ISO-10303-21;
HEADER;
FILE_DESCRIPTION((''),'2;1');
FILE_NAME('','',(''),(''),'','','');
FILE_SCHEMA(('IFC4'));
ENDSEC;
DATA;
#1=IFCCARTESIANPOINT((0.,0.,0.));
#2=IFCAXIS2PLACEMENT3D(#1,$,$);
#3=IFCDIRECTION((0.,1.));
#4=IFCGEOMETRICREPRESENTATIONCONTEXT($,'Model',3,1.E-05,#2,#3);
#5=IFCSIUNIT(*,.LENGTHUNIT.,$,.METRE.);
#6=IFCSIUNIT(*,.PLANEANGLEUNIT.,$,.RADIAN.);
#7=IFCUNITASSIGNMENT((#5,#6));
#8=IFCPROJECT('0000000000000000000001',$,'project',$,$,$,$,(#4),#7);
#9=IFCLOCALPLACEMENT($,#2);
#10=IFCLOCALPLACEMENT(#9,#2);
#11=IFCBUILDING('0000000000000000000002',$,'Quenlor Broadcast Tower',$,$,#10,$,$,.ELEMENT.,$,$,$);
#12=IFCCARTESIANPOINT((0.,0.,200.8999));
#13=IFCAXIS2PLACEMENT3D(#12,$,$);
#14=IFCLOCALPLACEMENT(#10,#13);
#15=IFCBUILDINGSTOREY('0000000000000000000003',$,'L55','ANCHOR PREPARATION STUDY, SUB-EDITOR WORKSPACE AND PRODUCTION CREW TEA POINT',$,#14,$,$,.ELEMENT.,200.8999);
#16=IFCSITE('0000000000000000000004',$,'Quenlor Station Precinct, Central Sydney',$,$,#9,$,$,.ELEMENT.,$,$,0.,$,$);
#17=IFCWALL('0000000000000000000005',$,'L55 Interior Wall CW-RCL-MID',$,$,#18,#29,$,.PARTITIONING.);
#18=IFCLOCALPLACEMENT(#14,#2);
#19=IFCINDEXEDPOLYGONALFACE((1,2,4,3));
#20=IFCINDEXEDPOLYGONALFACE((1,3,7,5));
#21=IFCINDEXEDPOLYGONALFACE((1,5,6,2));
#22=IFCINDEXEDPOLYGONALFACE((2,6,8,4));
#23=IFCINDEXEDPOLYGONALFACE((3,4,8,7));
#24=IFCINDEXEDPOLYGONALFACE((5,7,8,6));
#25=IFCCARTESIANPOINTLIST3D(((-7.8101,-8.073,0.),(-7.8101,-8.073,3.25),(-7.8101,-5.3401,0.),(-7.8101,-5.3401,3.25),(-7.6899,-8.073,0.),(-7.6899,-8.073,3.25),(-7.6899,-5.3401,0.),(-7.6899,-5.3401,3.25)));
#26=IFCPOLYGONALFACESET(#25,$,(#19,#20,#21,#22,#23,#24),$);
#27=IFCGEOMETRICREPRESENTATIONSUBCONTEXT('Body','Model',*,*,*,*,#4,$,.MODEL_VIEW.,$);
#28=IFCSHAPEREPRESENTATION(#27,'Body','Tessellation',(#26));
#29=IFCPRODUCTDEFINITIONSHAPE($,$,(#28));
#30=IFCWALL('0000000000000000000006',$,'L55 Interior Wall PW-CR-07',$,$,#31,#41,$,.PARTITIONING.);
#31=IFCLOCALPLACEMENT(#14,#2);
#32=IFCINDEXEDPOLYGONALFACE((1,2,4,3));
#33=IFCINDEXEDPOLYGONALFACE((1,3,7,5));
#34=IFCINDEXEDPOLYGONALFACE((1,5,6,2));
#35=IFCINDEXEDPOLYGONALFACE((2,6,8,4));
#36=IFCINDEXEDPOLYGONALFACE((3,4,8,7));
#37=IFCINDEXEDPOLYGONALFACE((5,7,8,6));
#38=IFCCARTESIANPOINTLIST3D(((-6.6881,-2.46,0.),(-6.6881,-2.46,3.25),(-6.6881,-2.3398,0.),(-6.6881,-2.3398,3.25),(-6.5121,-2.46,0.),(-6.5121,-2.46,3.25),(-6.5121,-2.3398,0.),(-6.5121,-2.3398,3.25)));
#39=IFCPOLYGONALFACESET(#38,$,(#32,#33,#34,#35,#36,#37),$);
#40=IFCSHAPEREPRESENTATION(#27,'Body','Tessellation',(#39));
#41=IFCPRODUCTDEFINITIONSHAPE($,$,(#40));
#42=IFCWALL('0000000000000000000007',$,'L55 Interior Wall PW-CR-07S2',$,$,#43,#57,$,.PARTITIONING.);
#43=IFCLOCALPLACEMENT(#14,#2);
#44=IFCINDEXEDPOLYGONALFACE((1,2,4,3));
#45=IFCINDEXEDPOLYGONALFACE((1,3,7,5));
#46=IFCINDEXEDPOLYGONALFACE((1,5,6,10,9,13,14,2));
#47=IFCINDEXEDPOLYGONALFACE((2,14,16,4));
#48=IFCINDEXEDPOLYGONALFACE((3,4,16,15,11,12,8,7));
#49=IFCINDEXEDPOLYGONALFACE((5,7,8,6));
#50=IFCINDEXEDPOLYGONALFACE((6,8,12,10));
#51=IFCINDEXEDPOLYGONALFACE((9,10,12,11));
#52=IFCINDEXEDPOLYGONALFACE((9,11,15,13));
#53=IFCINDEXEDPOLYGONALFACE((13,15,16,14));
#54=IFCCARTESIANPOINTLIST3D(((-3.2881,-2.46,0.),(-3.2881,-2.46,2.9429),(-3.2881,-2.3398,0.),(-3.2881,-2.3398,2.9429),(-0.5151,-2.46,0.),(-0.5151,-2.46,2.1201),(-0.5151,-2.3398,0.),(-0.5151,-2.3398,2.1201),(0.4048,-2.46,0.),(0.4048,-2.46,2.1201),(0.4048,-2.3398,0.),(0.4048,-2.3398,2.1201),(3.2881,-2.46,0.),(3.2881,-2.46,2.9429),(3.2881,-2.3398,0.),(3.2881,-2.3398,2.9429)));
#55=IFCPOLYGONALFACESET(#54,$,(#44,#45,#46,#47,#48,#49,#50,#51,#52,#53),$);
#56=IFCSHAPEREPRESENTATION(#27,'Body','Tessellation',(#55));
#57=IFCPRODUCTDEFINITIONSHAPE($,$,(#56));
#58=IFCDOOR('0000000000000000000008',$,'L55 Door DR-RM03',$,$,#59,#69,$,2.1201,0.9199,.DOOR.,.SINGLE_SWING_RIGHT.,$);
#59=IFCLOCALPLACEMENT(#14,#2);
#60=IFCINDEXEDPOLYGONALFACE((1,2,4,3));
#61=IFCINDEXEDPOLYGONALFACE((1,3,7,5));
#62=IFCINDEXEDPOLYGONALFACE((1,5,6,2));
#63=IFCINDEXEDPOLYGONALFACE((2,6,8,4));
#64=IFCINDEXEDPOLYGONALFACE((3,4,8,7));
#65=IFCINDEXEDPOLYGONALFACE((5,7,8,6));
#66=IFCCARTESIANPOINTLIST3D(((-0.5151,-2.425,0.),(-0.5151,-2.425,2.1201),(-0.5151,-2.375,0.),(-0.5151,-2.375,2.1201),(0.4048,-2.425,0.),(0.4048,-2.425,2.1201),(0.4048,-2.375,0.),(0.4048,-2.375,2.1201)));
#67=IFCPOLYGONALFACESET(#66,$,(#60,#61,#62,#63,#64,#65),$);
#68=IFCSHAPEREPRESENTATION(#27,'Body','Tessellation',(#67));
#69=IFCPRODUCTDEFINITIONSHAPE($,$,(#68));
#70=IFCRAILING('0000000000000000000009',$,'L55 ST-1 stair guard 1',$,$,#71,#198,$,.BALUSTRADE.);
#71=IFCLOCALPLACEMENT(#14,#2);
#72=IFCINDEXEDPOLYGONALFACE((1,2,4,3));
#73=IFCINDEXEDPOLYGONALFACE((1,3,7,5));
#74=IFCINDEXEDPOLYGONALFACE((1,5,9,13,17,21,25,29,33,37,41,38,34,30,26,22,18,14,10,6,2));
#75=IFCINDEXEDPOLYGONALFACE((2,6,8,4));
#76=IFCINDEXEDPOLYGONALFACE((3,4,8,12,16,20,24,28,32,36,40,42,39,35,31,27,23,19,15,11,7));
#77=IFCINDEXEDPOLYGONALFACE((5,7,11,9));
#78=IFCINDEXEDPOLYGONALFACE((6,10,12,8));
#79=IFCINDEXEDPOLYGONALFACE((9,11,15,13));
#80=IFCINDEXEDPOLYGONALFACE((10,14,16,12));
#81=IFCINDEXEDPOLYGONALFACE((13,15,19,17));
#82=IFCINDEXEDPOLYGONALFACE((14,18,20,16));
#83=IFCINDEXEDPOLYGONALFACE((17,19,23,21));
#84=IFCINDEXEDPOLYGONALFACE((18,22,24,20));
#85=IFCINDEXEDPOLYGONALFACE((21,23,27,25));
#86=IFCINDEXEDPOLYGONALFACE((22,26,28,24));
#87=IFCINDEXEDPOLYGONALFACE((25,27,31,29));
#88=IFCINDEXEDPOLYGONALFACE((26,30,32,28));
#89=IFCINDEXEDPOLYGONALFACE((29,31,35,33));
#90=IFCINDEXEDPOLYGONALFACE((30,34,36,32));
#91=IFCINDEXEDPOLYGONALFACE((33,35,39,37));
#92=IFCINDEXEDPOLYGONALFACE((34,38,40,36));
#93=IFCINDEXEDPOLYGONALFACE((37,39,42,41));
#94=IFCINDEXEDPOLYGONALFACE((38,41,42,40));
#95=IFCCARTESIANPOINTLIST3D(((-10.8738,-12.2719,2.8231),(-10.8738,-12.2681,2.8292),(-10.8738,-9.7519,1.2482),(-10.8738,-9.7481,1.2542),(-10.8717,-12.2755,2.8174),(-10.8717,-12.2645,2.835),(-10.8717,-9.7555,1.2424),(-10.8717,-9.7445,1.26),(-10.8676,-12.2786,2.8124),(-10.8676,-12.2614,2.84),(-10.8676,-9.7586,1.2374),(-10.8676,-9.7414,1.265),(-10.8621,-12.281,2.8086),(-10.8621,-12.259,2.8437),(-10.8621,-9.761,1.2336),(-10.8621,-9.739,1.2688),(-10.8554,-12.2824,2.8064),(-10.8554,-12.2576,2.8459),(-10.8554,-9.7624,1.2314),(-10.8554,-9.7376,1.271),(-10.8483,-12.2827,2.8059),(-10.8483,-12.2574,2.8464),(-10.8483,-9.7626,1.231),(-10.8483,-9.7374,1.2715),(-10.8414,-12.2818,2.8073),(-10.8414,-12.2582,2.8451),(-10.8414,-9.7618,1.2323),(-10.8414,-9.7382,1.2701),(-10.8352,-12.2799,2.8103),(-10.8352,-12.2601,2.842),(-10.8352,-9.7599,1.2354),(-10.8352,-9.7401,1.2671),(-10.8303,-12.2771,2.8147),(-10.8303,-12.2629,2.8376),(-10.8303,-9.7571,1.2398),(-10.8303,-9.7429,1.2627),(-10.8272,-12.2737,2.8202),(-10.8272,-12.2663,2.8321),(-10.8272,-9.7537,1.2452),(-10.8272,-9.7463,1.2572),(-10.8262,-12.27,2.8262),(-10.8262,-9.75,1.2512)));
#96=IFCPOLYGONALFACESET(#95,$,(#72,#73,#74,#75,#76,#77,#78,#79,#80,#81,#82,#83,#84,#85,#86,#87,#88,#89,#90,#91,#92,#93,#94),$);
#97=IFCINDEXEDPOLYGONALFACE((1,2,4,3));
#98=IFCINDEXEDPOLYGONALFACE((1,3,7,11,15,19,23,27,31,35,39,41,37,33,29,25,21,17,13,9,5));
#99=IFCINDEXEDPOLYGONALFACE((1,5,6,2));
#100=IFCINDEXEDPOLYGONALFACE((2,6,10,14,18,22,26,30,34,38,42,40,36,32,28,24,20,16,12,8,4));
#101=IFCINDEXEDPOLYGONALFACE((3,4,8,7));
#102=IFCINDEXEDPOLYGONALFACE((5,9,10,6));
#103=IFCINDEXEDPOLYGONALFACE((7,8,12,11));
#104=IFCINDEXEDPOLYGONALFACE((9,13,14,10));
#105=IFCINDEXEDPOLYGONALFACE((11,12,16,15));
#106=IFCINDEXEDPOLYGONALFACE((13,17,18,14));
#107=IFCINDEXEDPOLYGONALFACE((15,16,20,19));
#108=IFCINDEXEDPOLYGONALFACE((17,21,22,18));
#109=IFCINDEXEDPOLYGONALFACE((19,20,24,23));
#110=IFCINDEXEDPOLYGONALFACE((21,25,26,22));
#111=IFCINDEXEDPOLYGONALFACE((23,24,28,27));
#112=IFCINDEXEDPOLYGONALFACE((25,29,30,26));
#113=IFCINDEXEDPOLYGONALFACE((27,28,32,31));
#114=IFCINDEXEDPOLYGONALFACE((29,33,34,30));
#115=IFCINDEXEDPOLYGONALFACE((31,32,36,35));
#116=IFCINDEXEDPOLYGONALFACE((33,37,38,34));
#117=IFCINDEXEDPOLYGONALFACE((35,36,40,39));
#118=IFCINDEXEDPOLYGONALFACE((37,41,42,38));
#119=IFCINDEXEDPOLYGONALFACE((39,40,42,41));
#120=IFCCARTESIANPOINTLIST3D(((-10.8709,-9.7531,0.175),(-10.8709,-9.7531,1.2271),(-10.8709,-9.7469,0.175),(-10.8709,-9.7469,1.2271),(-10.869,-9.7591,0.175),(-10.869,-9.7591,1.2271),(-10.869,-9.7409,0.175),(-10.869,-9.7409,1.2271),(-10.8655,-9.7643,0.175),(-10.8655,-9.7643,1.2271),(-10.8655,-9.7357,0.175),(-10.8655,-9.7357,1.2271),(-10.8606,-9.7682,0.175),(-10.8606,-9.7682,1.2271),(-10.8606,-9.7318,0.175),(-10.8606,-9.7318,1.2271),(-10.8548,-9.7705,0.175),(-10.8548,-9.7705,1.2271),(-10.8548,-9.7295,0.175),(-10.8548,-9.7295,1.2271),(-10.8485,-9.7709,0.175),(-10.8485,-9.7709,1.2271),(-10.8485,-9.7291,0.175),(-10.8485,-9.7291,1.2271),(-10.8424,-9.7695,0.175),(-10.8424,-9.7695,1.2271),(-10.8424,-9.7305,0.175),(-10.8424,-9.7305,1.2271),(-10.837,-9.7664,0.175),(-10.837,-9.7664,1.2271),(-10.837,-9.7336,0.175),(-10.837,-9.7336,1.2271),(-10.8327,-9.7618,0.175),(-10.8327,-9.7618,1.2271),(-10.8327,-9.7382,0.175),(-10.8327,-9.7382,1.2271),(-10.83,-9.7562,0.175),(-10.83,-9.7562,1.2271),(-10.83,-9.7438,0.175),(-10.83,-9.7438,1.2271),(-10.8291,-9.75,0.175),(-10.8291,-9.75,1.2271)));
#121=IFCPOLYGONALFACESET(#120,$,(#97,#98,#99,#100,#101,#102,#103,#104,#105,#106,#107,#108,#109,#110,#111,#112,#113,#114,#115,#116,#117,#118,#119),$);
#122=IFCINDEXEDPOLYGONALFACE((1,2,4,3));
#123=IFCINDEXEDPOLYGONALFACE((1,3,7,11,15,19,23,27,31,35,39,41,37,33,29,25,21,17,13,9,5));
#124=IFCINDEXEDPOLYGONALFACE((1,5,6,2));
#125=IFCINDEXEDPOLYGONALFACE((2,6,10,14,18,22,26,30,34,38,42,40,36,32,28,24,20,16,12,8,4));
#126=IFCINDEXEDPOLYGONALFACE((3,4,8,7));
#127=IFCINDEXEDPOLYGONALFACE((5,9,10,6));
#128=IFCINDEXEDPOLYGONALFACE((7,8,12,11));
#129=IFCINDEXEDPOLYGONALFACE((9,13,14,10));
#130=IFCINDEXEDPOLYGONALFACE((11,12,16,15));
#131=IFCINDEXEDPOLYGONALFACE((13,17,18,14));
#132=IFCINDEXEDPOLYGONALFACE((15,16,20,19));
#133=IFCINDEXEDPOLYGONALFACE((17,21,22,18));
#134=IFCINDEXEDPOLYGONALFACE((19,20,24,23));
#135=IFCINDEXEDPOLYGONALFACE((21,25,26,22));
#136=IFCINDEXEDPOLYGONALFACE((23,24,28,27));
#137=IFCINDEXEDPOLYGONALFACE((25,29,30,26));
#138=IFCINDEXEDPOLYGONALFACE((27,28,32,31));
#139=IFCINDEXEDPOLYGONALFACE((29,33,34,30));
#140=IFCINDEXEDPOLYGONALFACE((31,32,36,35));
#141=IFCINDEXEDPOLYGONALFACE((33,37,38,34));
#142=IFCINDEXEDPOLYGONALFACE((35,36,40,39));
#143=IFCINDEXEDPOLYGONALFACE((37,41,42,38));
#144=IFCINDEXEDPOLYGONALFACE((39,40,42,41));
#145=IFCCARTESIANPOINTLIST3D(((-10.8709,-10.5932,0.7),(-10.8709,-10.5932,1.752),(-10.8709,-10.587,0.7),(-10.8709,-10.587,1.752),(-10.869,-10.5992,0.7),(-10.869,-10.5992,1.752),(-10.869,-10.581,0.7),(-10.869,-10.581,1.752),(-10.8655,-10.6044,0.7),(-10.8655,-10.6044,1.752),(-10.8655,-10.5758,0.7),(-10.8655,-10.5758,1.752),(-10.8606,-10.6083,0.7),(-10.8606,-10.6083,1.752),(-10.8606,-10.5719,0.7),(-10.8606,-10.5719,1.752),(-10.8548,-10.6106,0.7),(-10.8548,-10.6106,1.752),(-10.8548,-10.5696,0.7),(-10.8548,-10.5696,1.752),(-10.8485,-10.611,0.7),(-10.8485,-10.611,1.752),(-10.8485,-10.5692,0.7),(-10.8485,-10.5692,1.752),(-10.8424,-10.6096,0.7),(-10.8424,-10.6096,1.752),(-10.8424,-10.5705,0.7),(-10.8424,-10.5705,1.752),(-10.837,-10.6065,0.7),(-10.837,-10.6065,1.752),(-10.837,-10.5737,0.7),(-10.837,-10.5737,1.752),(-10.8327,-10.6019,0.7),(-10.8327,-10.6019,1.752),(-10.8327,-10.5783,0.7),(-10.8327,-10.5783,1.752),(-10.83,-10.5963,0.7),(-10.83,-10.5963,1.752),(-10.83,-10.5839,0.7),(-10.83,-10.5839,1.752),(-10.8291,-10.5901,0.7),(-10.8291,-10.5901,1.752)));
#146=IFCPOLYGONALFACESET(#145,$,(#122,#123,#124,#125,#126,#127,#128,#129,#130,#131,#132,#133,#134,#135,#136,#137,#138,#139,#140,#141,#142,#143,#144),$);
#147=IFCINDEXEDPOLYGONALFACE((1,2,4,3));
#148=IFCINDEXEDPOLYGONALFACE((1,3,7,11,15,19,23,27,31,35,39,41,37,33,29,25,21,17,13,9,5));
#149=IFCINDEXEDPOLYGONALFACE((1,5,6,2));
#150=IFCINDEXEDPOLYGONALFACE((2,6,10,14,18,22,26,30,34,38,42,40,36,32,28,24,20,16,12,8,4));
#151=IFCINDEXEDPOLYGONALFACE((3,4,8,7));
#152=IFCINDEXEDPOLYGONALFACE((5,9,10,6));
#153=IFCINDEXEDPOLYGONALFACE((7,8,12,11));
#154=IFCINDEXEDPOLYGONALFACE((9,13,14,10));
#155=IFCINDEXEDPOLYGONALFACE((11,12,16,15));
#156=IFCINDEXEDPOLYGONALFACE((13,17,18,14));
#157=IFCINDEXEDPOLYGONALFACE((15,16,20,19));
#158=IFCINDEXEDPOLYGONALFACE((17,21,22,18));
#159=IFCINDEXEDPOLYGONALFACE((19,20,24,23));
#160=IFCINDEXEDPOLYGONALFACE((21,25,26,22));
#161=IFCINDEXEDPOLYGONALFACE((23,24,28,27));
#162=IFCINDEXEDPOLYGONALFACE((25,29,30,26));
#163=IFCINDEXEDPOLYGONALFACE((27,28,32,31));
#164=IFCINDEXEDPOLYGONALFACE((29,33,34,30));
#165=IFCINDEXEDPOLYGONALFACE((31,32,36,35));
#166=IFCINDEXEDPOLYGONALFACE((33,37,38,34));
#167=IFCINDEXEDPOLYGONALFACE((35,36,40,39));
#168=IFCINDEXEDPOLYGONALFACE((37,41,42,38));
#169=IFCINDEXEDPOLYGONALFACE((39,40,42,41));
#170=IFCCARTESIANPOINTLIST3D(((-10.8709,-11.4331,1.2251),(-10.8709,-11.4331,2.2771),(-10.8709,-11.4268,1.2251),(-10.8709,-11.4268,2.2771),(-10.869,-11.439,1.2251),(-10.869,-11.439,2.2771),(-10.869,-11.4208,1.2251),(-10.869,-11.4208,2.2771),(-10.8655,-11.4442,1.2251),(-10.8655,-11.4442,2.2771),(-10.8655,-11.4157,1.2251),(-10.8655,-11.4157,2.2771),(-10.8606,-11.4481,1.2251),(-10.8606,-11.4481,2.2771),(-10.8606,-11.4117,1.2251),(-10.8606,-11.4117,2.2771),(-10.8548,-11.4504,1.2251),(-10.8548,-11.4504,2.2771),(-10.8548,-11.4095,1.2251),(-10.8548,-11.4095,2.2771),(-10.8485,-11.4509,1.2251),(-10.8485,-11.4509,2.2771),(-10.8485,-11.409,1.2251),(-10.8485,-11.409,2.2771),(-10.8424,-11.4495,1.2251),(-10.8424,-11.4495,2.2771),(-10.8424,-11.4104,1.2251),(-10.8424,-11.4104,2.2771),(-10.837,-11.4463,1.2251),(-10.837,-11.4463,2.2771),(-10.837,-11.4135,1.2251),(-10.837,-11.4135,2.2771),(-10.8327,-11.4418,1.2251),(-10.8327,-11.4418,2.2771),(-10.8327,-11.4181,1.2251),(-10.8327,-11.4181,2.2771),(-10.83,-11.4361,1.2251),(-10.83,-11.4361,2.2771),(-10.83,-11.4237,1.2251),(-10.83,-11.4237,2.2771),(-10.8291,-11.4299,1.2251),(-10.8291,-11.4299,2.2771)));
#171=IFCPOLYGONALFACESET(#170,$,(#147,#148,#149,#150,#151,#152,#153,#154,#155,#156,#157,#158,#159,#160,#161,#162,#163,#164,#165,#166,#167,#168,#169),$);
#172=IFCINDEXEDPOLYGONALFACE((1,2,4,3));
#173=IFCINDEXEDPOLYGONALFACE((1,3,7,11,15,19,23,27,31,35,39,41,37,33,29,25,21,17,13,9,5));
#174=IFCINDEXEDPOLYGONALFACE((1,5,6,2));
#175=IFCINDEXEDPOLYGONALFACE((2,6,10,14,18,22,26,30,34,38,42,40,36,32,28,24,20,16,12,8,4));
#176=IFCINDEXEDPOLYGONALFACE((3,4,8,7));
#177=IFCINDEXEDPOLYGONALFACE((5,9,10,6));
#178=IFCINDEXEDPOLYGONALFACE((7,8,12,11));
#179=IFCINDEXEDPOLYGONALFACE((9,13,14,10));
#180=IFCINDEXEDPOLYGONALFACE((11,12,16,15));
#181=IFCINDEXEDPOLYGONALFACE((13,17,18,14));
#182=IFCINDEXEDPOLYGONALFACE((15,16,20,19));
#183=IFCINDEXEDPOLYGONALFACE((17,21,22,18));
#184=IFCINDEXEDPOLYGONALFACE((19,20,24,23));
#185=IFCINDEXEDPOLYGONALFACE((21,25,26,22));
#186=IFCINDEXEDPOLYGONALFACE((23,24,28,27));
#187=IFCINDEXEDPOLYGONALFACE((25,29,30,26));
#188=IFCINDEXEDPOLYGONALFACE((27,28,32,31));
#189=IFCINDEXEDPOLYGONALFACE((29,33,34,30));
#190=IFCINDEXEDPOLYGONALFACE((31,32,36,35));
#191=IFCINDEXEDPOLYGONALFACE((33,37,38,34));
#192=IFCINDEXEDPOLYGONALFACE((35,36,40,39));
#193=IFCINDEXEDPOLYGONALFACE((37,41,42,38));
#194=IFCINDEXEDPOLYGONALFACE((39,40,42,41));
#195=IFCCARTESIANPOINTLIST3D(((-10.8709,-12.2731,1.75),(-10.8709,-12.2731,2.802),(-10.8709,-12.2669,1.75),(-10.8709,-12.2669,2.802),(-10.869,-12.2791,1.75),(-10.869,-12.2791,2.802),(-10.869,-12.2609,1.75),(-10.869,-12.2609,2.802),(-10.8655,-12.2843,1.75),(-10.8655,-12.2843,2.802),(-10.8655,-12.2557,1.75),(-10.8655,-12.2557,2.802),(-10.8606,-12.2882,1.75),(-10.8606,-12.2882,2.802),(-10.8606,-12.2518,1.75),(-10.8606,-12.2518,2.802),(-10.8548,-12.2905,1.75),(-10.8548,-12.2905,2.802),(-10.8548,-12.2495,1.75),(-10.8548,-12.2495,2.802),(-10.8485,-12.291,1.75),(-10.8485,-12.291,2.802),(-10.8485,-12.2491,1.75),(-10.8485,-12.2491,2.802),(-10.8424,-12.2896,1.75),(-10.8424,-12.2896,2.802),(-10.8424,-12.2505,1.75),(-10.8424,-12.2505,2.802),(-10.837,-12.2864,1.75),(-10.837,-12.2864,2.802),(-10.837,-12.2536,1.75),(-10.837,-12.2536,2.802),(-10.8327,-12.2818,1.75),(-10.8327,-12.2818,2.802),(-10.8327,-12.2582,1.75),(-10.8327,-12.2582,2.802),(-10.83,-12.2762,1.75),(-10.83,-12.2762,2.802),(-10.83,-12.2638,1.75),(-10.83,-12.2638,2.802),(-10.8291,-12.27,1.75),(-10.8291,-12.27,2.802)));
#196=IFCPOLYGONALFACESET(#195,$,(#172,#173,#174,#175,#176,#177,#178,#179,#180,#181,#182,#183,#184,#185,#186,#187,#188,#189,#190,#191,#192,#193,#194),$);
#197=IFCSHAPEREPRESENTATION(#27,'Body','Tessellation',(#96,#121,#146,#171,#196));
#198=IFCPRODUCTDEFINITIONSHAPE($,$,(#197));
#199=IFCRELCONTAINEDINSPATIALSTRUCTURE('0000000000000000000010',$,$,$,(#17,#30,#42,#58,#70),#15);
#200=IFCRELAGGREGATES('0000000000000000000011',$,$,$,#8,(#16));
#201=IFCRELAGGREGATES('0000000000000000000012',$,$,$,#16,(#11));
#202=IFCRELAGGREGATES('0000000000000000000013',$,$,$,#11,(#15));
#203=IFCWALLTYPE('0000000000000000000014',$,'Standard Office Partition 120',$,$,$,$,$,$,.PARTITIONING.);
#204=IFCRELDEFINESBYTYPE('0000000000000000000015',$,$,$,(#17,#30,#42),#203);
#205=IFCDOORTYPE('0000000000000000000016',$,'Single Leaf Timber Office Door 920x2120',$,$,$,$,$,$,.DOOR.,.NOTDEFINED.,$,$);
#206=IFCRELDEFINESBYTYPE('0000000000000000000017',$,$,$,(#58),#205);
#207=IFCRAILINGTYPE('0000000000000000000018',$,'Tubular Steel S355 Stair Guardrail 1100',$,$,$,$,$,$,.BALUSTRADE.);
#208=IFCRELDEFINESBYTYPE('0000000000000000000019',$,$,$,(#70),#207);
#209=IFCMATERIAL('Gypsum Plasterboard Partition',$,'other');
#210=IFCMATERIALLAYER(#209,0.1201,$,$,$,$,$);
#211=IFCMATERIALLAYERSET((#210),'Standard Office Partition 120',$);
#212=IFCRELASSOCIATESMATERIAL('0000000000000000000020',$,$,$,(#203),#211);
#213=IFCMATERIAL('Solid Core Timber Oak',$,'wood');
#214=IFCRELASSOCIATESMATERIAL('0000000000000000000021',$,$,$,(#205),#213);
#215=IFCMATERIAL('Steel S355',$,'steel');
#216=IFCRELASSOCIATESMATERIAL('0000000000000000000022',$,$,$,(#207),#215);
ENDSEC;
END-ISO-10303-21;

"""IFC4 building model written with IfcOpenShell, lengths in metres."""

from ifc_helpers import new_model, si_unit, direction, frame, frame_2d, origin, origin_2d, place, context, subcontext, project, spatial, rectangle, circle, extrude, material, layer, layer_set, type_object, element, fill, save


model = new_model("IFC4")

# Units and contexts
model_context = context("Model", 3, precision=1e-05, world=origin(), true_north=direction((0.0, 1.0)))
body_context = subcontext(model_context, "Body", "Model", "MODEL_VIEW")
ifc_project = project(units=[si_unit("LENGTHUNIT", "METRE"), si_unit("PLANEANGLEUNIT", "RADIAN")], contexts=[model_context])

# Site, building, storey
site_placement = place(None, origin())
site = spatial("IfcSite", under=ifc_project, at=site_placement, Name="Quenlor Station Precinct, Central Sydney", CompositionType="ELEMENT", RefElevation=0.0)
building_placement = place(site_placement, origin())
building = spatial("IfcBuilding", under=site, at=building_placement, Name="Quenlor Broadcast Tower", CompositionType="ELEMENT")
storey_placement = place(building_placement, frame((0.0, 0.0, 200.8999)))
storey = spatial("IfcBuildingStorey", under=building, at=storey_placement, Name="L55", Description="ANCHOR PREPARATION STUDY, SUB-EDITOR WORKSPACE AND PRODUCTION CREW TEA POINT", CompositionType="ELEMENT", Elevation=200.8999)

# Wall
ifc_material_1 = material(Name="Gypsum Plasterboard Partition", Category="other")
ifc_layer_1 = layer(ifc_material_1, 0.1201)
ifc_layer_set_1 = layer_set([ifc_layer_1], Name="Standard Office Partition 120")
wall_type_1 = type_object("IfcWallType", Name="Standard Office Partition 120", PredefinedType="PARTITIONING", material=ifc_layer_set_1)
wall_1_placement = place(storey_placement, frame((-7.75, -8.073, 0.0), z_axis=(0.0, 0.0, 1.0), x_axis=(0.0, 1.0, 0.0)))
element("IfcWall", 1, at=wall_1_placement, inside=storey, type_object=wall_type_1, Name="L55 Interior Wall CW-RCL-MID", PredefinedType="PARTITIONING", context=body_context, shape_type="SweptSolid", body=[
    extrude(rectangle(XDim=2.7329, YDim=0.1201, at=frame_2d((1.3665, 0.0))), origin(), (0.0, 0.0, 1.0), 3.25),
])

# Wall
wall_2_placement = place(storey_placement, frame((-6.688, -2.3999, 0.0), z_axis=(0.0, 0.0, 1.0), x_axis=(1.0, 0.0, 0.0)))
element("IfcWall", 2, at=wall_2_placement, inside=storey, type_object=wall_type_1, Name="L55 Interior Wall PW-CR-07", PredefinedType="PARTITIONING", context=body_context, shape_type="SweptSolid", body=[
    extrude(rectangle(XDim=0.176, YDim=0.1201, at=frame_2d((0.0879, 0.0))), origin(), (0.0, 0.0, 1.0), 3.25),
])

# Wall, opening, door
wall_3_placement = place(storey_placement, frame((-3.2881, -2.3999, 0.0), z_axis=(0.0, 0.0, 1.0), x_axis=(1.0, 0.0, 0.0)))
wall_3 = element("IfcWall", 3, at=wall_3_placement, inside=storey, type_object=wall_type_1, Name="L55 Interior Wall PW-CR-07S2", PredefinedType="PARTITIONING", context=body_context, shape_type="SweptSolid", body=[
    extrude(rectangle(XDim=6.5762, YDim=0.1201, at=frame_2d((3.2881, 0.0))), origin(), (0.0, 0.0, 1.0), 2.9429),
])
opening_1_placement = place(wall_3_placement, frame((2.7729, 0.0, 0.0)))
opening_1 = element("IfcOpeningElement", 4, at=opening_1_placement, cuts=wall_3, PredefinedType="OPENING", context=body_context, shape_type="SweptSolid", body=[
    extrude(rectangle(XDim=0.9199, YDim=2.1201, at=frame_2d((0.46, 1.0601))), frame((0.0, 0.0701, 0.0), z_axis=(0.0, -1.0, 0.0), x_axis=(1.0, 0.0, 0.0)), (0.0, 0.0, 1.0), 0.1401),
])
ifc_material_2 = material(Name="Solid Core Timber Oak", Category="wood")
door_type_1 = type_object("IfcDoorType", Name="Single Leaf Timber Office Door 920x2120", OperationType="NOTDEFINED", PredefinedType="DOOR", material=ifc_material_2)
door_1_placement = place(opening_1_placement, origin())
door_1 = element("IfcDoor", 5, at=door_1_placement, inside=storey, type_object=door_type_1, Name="L55 Door DR-RM03", OperationType="SINGLE_SWING_RIGHT", OverallHeight=2.1201, OverallWidth=0.9199, PredefinedType="DOOR", context=body_context, shape_type="SweptSolid", body=[
    extrude(rectangle(XDim=0.9199, YDim=2.1201, at=frame_2d((0.46, 1.0601))), frame((0.0, 0.0249, 0.0), z_axis=(0.0, -1.0, 0.0), x_axis=(1.0, 0.0, 0.0)), (0.0, 0.0, 1.0), 0.05),
])
fill(opening_1, door_1)

# Railing
ifc_material_3 = material(Name="Steel S355", Category="steel")
railing_type = type_object("IfcRailingType", Name="Tubular Steel S355 Stair Guardrail 1100", PredefinedType="BALUSTRADE", material=ifc_material_3)
railing_1_placement = place(storey_placement, frame((-10.8501, -9.75, 0.175)))
element("IfcRailing", 6, at=railing_1_placement, inside=storey, type_object=railing_type, Name="L55 ST-1 stair guard 1", PredefinedType="BALUSTRADE", context=body_context, shape_type="SweptSolid", body=[
    extrude(circle(Radius=0.0239, at=origin_2d()), frame((0.0, 0.0, 1.0762), z_axis=(0.0, -0.848008, 0.529984), x_axis=(1.0, 0.0, 0.0)), (0.0, 0.0, 1.0), 2.9717),
    extrude(circle(Radius=0.021, at=origin_2d()), origin(), (0.0, 0.0, 1.0), 1.052),
    extrude(circle(Radius=0.021, at=origin_2d()), frame((0.0, -0.8401, 0.5249)), (0.0, 0.0, 1.0), 1.052),
    extrude(circle(Radius=0.021, at=origin_2d()), frame((0.0, -1.6799, 1.05)), (0.0, 0.0, 1.0), 1.052),
    extrude(circle(Radius=0.021, at=origin_2d()), frame((0.0, -2.52, 1.575)), (0.0, 0.0, 1.0), 1.052),
])

save(model, "model.ifc")
